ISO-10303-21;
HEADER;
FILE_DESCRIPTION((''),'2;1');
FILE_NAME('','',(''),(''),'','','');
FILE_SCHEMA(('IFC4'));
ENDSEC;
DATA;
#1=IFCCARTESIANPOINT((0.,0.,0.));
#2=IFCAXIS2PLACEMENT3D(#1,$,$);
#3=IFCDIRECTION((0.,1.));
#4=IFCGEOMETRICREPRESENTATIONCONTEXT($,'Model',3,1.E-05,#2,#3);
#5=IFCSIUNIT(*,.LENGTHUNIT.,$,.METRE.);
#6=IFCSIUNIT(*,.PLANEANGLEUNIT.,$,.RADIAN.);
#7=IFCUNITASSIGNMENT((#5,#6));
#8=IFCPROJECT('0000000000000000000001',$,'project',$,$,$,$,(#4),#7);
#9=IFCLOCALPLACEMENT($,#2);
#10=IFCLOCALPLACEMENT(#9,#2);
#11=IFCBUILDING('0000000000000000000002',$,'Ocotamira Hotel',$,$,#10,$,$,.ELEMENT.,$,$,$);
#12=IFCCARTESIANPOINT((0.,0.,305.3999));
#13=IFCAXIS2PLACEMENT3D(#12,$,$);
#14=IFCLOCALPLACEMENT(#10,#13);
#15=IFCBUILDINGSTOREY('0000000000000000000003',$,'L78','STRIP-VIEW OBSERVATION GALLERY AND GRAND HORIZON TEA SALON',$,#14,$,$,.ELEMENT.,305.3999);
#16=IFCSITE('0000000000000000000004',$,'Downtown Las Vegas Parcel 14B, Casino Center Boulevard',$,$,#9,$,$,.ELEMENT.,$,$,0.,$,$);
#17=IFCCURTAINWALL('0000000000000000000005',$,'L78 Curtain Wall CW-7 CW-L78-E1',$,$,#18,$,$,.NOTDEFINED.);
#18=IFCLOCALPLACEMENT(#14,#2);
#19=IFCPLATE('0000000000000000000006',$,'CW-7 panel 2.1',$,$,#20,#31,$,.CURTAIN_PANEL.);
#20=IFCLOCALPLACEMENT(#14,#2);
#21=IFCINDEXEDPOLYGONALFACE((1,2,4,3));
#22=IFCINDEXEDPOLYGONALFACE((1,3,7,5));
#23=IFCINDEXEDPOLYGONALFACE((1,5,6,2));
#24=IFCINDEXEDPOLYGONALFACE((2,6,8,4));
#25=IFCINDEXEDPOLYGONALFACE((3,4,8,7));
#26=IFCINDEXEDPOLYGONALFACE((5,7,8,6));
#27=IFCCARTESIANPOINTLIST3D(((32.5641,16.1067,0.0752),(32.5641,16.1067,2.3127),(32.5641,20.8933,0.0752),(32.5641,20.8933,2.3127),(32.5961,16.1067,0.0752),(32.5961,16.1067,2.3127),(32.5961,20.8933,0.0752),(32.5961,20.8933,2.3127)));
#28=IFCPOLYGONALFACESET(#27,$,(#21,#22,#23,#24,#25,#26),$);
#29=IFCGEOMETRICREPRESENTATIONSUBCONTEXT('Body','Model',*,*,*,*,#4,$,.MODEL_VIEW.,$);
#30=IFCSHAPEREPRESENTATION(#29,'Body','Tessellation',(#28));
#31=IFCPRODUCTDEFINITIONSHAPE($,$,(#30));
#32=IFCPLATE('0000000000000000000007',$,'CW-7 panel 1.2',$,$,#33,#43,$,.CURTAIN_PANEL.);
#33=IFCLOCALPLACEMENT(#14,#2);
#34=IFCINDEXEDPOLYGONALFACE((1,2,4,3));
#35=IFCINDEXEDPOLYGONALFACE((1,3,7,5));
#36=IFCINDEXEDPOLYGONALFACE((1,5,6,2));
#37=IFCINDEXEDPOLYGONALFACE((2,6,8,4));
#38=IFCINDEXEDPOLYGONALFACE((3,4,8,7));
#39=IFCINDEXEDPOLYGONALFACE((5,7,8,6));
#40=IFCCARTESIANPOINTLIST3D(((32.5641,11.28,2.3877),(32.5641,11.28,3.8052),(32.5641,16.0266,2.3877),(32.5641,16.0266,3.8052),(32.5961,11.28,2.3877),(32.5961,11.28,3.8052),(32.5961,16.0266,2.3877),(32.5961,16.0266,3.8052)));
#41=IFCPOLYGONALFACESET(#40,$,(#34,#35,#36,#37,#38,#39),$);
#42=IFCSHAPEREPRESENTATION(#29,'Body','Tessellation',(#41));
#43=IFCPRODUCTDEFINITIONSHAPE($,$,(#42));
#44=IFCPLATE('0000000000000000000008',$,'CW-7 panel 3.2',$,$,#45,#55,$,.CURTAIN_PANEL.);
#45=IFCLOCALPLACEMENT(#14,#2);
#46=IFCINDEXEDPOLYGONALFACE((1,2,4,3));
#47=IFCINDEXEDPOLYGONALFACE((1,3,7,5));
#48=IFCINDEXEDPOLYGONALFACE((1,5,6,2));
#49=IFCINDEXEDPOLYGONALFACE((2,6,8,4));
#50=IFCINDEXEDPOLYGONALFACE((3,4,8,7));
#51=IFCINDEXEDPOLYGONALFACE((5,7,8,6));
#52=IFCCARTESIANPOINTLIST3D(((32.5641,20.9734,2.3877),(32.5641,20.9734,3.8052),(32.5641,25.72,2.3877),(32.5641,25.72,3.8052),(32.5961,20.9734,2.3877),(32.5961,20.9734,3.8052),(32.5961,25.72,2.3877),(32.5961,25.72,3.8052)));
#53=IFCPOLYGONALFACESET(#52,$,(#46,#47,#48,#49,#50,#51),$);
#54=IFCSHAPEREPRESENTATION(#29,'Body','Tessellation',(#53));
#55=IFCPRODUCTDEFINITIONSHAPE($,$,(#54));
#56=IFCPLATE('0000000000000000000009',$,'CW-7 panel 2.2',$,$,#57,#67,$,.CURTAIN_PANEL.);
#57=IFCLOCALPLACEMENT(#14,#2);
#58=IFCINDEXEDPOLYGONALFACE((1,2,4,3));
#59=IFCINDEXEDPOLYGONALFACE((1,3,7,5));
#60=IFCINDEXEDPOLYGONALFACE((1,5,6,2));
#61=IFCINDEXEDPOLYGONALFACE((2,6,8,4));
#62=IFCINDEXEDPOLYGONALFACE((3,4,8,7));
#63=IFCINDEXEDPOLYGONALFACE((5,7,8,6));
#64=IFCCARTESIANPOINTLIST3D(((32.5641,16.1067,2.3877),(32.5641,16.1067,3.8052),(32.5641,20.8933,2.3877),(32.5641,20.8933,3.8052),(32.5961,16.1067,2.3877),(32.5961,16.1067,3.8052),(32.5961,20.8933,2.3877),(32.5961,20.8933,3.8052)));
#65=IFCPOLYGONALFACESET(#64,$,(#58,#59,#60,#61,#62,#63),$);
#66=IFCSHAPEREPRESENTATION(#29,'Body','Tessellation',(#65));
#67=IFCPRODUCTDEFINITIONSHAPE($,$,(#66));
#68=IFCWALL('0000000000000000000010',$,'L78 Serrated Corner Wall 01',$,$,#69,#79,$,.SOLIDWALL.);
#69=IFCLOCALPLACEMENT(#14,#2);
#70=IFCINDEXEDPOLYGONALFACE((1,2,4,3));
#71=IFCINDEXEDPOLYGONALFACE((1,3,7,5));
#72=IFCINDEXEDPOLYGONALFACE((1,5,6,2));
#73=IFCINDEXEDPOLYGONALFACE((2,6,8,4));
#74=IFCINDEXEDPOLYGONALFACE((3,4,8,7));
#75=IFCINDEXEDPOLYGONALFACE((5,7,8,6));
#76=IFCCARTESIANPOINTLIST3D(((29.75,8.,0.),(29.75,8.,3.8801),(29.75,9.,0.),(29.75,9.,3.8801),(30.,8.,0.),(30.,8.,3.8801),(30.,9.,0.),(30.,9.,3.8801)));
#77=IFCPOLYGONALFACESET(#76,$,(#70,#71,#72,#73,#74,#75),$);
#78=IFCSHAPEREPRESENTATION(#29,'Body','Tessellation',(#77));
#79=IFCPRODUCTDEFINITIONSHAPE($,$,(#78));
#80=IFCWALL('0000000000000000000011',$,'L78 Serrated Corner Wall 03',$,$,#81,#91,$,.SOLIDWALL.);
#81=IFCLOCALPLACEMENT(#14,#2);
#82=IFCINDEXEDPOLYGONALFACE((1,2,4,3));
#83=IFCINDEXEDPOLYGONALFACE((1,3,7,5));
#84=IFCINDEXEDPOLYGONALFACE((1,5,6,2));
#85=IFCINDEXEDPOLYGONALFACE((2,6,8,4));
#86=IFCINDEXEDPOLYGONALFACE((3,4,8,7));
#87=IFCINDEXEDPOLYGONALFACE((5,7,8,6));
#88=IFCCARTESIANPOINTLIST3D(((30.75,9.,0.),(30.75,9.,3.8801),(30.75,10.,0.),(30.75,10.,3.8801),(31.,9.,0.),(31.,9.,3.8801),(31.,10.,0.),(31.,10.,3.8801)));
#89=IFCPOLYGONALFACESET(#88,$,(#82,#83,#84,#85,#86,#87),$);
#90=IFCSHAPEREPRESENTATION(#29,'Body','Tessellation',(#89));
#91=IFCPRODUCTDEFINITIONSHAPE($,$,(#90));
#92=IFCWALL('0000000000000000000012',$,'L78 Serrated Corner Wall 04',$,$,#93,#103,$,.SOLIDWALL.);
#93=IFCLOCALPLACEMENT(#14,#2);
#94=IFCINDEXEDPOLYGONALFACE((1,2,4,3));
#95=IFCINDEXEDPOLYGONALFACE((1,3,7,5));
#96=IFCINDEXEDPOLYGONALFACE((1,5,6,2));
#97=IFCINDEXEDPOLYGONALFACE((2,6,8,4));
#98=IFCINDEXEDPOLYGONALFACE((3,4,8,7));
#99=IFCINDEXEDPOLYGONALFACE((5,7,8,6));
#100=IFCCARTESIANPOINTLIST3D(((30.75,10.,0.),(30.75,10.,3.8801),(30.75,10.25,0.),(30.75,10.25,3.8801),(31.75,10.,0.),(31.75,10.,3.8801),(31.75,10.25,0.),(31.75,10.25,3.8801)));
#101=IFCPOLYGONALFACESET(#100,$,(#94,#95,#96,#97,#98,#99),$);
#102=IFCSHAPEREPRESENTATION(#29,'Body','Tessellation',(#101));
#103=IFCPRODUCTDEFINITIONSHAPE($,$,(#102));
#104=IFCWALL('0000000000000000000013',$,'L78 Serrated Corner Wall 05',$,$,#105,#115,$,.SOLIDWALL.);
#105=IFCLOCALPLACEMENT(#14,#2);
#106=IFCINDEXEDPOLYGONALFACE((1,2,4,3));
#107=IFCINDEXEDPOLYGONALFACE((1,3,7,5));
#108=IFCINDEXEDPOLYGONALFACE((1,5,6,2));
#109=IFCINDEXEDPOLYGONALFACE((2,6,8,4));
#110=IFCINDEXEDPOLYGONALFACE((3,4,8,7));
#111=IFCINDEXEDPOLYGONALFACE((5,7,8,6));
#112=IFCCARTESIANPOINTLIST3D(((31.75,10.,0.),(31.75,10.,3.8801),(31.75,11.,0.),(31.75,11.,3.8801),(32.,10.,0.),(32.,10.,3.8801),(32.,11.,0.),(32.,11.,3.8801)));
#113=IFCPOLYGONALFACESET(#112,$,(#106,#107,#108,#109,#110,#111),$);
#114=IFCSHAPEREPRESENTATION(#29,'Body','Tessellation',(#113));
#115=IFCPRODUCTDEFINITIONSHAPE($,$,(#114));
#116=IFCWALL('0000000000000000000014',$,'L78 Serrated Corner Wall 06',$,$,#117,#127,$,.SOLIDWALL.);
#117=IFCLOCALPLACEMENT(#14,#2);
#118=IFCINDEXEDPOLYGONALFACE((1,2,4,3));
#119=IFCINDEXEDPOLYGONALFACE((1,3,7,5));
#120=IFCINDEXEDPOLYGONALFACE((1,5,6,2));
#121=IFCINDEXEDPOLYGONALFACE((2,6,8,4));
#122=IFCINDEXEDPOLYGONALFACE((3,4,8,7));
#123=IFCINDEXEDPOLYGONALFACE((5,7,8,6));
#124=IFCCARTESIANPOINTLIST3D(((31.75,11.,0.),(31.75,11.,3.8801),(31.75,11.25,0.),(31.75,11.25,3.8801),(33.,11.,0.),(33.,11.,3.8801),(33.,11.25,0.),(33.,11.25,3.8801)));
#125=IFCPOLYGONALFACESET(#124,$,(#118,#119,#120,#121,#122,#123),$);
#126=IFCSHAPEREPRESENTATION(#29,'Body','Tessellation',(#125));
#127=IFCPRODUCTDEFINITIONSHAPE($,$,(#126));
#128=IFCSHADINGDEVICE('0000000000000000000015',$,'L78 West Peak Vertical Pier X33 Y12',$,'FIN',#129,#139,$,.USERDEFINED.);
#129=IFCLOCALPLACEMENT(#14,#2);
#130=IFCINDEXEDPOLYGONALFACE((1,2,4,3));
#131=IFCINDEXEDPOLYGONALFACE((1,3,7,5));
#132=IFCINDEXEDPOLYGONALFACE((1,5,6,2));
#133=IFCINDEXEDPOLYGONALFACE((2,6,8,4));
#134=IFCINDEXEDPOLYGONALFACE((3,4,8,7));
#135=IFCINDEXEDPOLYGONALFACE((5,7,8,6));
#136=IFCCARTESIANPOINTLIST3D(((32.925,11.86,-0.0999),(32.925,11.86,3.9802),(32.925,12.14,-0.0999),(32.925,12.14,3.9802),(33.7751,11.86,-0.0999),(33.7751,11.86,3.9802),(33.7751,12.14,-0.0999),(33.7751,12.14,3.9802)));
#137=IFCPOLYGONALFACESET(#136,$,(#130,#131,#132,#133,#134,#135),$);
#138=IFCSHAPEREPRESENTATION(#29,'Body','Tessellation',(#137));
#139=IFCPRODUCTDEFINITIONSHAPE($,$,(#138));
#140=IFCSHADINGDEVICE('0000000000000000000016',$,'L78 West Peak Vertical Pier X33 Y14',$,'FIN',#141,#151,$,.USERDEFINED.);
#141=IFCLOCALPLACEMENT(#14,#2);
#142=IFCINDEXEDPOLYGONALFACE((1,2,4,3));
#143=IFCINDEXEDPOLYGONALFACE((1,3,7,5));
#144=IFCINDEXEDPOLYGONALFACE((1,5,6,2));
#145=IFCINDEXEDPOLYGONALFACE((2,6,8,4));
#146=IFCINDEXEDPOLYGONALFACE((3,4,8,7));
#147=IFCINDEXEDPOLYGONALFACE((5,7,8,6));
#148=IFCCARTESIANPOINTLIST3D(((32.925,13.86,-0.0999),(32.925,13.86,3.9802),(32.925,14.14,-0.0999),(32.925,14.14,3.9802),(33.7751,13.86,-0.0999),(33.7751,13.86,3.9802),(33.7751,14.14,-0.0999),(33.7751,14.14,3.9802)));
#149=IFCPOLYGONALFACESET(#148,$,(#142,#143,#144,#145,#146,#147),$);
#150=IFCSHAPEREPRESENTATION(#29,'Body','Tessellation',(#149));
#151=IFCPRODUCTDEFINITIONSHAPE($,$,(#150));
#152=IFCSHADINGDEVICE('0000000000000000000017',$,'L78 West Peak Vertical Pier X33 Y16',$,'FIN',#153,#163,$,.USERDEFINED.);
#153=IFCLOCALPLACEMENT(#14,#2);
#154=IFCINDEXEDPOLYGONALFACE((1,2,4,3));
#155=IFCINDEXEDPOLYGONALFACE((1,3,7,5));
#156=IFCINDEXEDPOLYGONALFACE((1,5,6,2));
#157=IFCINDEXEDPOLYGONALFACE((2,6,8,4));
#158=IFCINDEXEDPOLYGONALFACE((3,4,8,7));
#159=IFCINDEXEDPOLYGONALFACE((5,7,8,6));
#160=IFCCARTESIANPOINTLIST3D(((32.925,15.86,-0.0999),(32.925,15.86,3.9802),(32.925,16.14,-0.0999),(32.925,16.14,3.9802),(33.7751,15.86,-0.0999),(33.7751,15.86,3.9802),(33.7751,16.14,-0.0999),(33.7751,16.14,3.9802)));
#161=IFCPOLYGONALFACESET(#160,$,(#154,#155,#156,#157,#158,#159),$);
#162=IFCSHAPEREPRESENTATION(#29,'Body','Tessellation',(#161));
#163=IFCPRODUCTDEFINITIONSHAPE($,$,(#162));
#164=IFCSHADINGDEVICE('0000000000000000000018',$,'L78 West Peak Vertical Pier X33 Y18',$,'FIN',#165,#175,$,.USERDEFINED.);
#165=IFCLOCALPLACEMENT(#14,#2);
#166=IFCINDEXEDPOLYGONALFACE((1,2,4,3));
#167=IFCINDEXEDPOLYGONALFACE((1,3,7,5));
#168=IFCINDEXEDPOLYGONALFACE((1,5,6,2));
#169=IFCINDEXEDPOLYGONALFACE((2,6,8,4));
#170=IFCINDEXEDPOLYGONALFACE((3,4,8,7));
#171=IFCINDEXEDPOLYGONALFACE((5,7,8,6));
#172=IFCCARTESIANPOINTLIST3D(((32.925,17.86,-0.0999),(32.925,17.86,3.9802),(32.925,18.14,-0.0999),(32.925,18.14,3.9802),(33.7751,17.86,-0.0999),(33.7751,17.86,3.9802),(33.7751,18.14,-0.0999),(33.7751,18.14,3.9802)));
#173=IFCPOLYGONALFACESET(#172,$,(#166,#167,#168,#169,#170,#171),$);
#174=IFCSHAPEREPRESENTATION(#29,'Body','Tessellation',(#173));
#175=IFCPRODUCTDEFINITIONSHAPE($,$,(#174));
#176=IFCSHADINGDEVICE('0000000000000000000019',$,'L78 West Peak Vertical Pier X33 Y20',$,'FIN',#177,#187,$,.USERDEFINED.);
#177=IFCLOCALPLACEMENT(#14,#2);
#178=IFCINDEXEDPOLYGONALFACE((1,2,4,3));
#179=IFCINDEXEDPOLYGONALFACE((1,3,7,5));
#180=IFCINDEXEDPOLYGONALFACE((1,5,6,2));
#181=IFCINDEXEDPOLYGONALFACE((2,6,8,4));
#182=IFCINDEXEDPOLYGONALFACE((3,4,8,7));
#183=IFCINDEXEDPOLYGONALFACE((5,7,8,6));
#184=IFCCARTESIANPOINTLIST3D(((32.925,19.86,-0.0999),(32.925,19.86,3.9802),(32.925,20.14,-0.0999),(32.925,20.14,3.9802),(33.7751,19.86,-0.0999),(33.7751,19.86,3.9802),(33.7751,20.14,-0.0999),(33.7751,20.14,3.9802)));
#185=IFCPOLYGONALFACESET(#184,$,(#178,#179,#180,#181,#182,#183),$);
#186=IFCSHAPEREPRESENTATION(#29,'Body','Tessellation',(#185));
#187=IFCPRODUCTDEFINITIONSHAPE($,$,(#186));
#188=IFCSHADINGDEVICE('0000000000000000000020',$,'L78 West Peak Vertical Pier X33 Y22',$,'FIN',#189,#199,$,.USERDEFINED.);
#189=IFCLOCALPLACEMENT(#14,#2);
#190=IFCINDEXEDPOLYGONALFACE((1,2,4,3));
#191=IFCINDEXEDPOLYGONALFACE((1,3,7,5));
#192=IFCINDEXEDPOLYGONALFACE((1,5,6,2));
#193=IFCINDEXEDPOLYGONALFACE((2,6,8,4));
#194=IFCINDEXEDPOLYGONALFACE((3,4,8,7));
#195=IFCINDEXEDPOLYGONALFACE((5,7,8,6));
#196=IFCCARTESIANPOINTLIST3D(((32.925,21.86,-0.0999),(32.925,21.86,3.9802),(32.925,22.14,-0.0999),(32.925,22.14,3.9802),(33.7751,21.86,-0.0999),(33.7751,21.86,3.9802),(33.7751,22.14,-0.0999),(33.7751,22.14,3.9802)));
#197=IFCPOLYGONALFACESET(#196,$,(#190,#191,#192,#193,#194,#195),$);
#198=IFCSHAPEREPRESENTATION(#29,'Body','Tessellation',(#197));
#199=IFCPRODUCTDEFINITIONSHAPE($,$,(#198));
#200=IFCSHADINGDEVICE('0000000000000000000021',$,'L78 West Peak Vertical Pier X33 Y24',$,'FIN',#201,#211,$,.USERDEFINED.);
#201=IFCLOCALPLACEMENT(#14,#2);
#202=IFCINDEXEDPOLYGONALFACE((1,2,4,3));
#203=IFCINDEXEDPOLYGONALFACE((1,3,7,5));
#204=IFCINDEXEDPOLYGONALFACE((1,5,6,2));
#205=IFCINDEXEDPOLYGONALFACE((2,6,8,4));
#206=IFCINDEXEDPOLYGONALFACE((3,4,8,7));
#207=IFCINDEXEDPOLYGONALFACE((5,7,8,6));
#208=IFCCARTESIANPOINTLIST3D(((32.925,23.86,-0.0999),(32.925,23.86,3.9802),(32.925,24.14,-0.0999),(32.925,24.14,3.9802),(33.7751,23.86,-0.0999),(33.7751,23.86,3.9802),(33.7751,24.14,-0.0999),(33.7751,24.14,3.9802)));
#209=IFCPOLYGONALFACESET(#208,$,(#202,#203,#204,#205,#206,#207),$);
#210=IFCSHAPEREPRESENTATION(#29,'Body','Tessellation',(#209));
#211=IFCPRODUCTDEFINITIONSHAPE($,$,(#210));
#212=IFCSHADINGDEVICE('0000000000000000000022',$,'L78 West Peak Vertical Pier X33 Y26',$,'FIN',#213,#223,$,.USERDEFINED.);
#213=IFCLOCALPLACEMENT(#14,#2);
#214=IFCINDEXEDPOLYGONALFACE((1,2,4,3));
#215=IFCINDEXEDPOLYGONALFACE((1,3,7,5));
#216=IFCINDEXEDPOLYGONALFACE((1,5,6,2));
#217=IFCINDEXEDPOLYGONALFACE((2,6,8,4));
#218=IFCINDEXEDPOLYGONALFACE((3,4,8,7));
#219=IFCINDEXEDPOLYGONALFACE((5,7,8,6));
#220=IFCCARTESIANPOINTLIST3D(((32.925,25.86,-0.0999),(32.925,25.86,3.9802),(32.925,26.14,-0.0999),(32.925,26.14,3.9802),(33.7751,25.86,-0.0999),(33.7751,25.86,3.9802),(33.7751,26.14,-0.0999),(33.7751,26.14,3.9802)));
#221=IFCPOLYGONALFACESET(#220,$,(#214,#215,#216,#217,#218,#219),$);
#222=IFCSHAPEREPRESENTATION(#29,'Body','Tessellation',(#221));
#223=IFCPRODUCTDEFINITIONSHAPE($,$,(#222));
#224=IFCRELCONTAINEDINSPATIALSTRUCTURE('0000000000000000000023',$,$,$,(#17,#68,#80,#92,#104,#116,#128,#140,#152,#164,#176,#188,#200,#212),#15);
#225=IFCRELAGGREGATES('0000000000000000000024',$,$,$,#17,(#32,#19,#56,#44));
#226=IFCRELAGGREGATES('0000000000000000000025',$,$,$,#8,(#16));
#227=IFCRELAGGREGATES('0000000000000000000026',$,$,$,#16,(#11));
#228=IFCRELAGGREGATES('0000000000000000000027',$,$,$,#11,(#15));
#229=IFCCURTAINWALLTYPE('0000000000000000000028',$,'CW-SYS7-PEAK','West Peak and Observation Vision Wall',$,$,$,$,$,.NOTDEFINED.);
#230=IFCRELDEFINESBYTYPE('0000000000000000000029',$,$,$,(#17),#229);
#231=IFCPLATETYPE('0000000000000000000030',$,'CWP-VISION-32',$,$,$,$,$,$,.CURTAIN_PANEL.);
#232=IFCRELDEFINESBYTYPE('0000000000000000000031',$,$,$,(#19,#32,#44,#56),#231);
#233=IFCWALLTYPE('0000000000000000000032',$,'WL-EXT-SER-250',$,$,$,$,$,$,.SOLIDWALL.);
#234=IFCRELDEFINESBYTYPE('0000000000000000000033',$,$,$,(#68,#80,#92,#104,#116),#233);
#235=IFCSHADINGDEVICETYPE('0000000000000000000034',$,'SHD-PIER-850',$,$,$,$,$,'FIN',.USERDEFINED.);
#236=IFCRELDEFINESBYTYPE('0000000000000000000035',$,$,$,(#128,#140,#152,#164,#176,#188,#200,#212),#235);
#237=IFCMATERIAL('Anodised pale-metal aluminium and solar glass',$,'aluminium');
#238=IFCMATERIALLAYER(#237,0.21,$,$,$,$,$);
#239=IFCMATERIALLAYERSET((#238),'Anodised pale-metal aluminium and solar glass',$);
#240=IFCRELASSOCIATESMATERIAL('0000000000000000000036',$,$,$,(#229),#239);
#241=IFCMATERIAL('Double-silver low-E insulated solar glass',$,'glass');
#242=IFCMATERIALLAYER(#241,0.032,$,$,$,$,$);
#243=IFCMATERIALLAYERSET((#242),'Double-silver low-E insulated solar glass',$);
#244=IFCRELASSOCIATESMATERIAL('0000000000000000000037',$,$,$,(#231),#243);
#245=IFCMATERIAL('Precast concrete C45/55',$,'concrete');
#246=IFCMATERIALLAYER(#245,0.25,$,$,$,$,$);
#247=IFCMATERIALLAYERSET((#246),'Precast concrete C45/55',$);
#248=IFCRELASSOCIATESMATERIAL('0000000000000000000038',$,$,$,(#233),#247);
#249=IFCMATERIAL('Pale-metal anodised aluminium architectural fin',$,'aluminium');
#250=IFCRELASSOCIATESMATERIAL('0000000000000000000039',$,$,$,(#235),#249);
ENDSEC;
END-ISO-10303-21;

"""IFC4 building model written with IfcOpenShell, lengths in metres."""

from ifc_helpers import new_model, si_unit, direction, frame, frame_2d, origin, origin_2d, place, context, subcontext, project, spatial, rectangle, extrude, source, transform, mapped, material, layer, layer_set, type_object, element, aggregate, save


model = new_model("IFC4")

# Units and contexts
model_context = context("Model", 3, precision=1e-05, world=origin(), true_north=direction((0.0, 1.0)))
body_context = subcontext(model_context, "Body", "Model", "MODEL_VIEW")
ifc_project = project(units=[si_unit("LENGTHUNIT", "METRE"), si_unit("PLANEANGLEUNIT", "RADIAN")], contexts=[model_context])

# Site, building, storey
site_placement = place(None, origin())
site = spatial("IfcSite", under=ifc_project, at=site_placement, Name="Downtown Las Vegas Parcel 14B, Casino Center Boulevard", CompositionType="ELEMENT", RefElevation=0.0)
building_placement = place(site_placement, origin())
building = spatial("IfcBuilding", under=site, at=building_placement, Name="Ocotamira Hotel", CompositionType="ELEMENT")
storey_placement = place(building_placement, frame((0.0, 0.0, 305.3999)))
storey = spatial("IfcBuildingStorey", under=building, at=storey_placement, Name="L78", Description="STRIP-VIEW OBSERVATION GALLERY AND GRAND HORIZON TEA SALON", CompositionType="ELEMENT", Elevation=305.3999)

# Curtain wall
ifc_material_1 = material(Name="Anodised pale-metal aluminium and solar glass", Category="aluminium")
ifc_layer_1 = layer(ifc_material_1, 0.21)
ifc_layer_set_1 = layer_set([ifc_layer_1], Name="Anodised pale-metal aluminium and solar glass")
curtain_wall_type = type_object("IfcCurtainWallType", Name="CW-SYS7-PEAK", Description="West Peak and Observation Vision Wall", PredefinedType="NOTDEFINED", material=ifc_layer_set_1)
curtain_wall_1_placement = place(storey_placement, origin())
curtain_wall_1 = element("IfcCurtainWall", 1, at=curtain_wall_1_placement, inside=storey, type_object=curtain_wall_type, Name="L78 Curtain Wall CW-7 CW-L78-E1", PredefinedType="NOTDEFINED")

# Plates
ifc_material_2 = material(Name="Double-silver low-E insulated solar glass", Category="glass")
ifc_layer_2 = layer(ifc_material_2, 0.032)
ifc_layer_set_2 = layer_set([ifc_layer_2], Name="Double-silver low-E insulated solar glass")
plate_type = type_object("IfcPlateType", Name="CWP-VISION-32", PredefinedType="CURTAIN_PANEL", material=ifc_layer_set_2)
shared_shape_1 = source(origin(), body_context, "Body", "SweptSolid", [
    extrude(rectangle(XDim=4.7866, YDim=0.032, at=origin_2d()), origin(), (0.0, 0.0, 1.0), 2.2375),
])
plate_1_placement = place(storey_placement, frame((32.5801, 18.5, 0.0752), z_axis=(0.0, 0.0, 1.0), x_axis=(0.0, 1.0, 0.0)))
plate_1 = element("IfcPlate", 2, at=plate_1_placement, type_object=plate_type, Name="CW-7 panel 2.1", PredefinedType="CURTAIN_PANEL", context=body_context, shape_type="MappedRepresentation", body=[
    mapped(shared_shape_1, transform((0.0, 0.0, 0.0), scale=1.0)),
])
shared_shape_2 = source(origin(), body_context, "Body", "SweptSolid", [
    extrude(rectangle(XDim=4.7466, YDim=0.032, at=origin_2d()), origin(), (0.0, 0.0, 1.0), 1.4175),
])
plate_2_placement = place(storey_placement, frame((32.5801, 13.6533, 2.3877), z_axis=(0.0, 0.0, 1.0), x_axis=(0.0, 1.0, 0.0)))
plate_2 = element("IfcPlate", 3, at=plate_2_placement, type_object=plate_type, Name="CW-7 panel 1.2", PredefinedType="CURTAIN_PANEL", context=body_context, shape_type="MappedRepresentation", body=[
    mapped(shared_shape_2, transform((0.0, 0.0, 0.0), scale=1.0)),
])
plate_3_placement = place(storey_placement, frame((32.5801, 23.3467, 2.3877), z_axis=(0.0, 0.0, 1.0), x_axis=(0.0, 1.0, 0.0)))
plate_3 = element("IfcPlate", 4, at=plate_3_placement, type_object=plate_type, Name="CW-7 panel 3.2", PredefinedType="CURTAIN_PANEL", context=body_context, shape_type="MappedRepresentation", body=[
    mapped(shared_shape_2, transform((0.0, 0.0, 0.0), scale=1.0)),
])
shared_shape_3 = source(origin(), body_context, "Body", "SweptSolid", [
    extrude(rectangle(XDim=4.7866, YDim=0.032, at=origin_2d()), origin(), (0.0, 0.0, 1.0), 1.4175),
])
plate_4_placement = place(storey_placement, frame((32.5801, 18.5, 2.3877), z_axis=(0.0, 0.0, 1.0), x_axis=(0.0, 1.0, 0.0)))
plate_4 = element("IfcPlate", 5, at=plate_4_placement, type_object=plate_type, Name="CW-7 panel 2.2", PredefinedType="CURTAIN_PANEL", context=body_context, shape_type="MappedRepresentation", body=[
    mapped(shared_shape_3, transform((0.0, 0.0, 0.0), scale=1.0)),
])
aggregate(curtain_wall_1, [plate_2, plate_1, plate_4, plate_3])

# Walls
ifc_material_3 = material(Name="Precast concrete C45/55", Category="concrete")
ifc_layer_3 = layer(ifc_material_3, 0.25)
ifc_layer_set_3 = layer_set([ifc_layer_3], Name="Precast concrete C45/55")
wall_type = type_object("IfcWallType", Name="WL-EXT-SER-250", PredefinedType="SOLIDWALL", material=ifc_layer_set_3)
for number, where, z_axis, x_axis, name in (
    (6, (29.875, 8.0, 0.0), (0.0, 0.0, 1.0), (0.0, 1.0, 0.0), "L78 Serrated Corner Wall 01"),
    (7, (30.875, 9.0, 0.0), (0.0, 0.0, 1.0), (0.0, 1.0, 0.0), "L78 Serrated Corner Wall 03"),
    (8, (30.75, 10.125, 0.0), (0.0, 0.0, 1.0), (1.0, 0.0, 0.0), "L78 Serrated Corner Wall 04"),
    (9, (31.875, 10.0, 0.0), (0.0, 0.0, 1.0), (0.0, 1.0, 0.0), "L78 Serrated Corner Wall 05"),
):
    element("IfcWall", number, at=place(storey_placement, frame(where, z_axis=z_axis, x_axis=x_axis)), inside=storey, type_object=wall_type, Name=name, PredefinedType="SOLIDWALL", context=body_context, shape_type="SweptSolid", body=[
        extrude(rectangle(XDim=1.0, YDim=0.25, at=frame_2d((0.5, 0.0))), origin(), (0.0, 0.0, 1.0), 3.8801),
    ])
wall_placement = place(storey_placement, frame((31.75, 11.125, 0.0), z_axis=(0.0, 0.0, 1.0), x_axis=(1.0, 0.0, 0.0)))
element("IfcWall", 10, at=wall_placement, inside=storey, type_object=wall_type, Name="L78 Serrated Corner Wall 06", PredefinedType="SOLIDWALL", context=body_context, shape_type="SweptSolid", body=[
    extrude(rectangle(XDim=1.25, YDim=0.25, at=frame_2d((0.625, 0.0))), origin(), (0.0, 0.0, 1.0), 3.8801),
])

# Shading devices
ifc_material_4 = material(Name="Pale-metal anodised aluminium architectural fin", Category="aluminium")
shading_device_type = type_object("IfcShadingDeviceType", Name="SHD-PIER-850", ElementType="FIN", PredefinedType="USERDEFINED", material=ifc_material_4)
shared_shape_4 = source(origin(), body_context, "Body", "SweptSolid", [
    extrude(rectangle(XDim=0.8501, YDim=0.28, at=origin_2d()), origin(), (0.0, 0.0, 1.0), 4.0801),
])
for number, where, z_axis, x_axis, name in (
    (11, (33.3501, 12.0, -0.0999), (0.0, 0.0, 1.0), (1.0, 0.0, 0.0), "L78 West Peak Vertical Pier X33 Y12"),
    (12, (33.3501, 14.0, -0.0999), (0.0, 0.0, 1.0), (1.0, 0.0, 0.0), "L78 West Peak Vertical Pier X33 Y14"),
    (13, (33.3501, 16.0, -0.0999), (0.0, 0.0, 1.0), (1.0, 0.0, 0.0), "L78 West Peak Vertical Pier X33 Y16"),
    (14, (33.3501, 18.0, -0.0999), (0.0, 0.0, 1.0), (1.0, 0.0, 0.0), "L78 West Peak Vertical Pier X33 Y18"),
    (15, (33.3501, 20.0, -0.0999), (0.0, 0.0, 1.0), (1.0, 0.0, 0.0), "L78 West Peak Vertical Pier X33 Y20"),
    (16, (33.3501, 22.0, -0.0999), (0.0, 0.0, 1.0), (1.0, 0.0, 0.0), "L78 West Peak Vertical Pier X33 Y22"),
    (17, (33.3501, 24.0, -0.0999), (0.0, 0.0, 1.0), (1.0, 0.0, 0.0), "L78 West Peak Vertical Pier X33 Y24"),
    (18, (33.3501, 26.0, -0.0999), (0.0, 0.0, 1.0), (1.0, 0.0, 0.0), "L78 West Peak Vertical Pier X33 Y26"),
):
    element("IfcShadingDevice", number, at=place(storey_placement, frame(where, z_axis=z_axis, x_axis=x_axis)), inside=storey, type_object=shading_device_type, Name=name, ObjectType="FIN", PredefinedType="USERDEFINED", context=body_context, shape_type="MappedRepresentation", body=[
        mapped(shared_shape_4, transform((0.0, 0.0, 0.0), scale=1.0)),
    ])

save(model, "model.ifc")
